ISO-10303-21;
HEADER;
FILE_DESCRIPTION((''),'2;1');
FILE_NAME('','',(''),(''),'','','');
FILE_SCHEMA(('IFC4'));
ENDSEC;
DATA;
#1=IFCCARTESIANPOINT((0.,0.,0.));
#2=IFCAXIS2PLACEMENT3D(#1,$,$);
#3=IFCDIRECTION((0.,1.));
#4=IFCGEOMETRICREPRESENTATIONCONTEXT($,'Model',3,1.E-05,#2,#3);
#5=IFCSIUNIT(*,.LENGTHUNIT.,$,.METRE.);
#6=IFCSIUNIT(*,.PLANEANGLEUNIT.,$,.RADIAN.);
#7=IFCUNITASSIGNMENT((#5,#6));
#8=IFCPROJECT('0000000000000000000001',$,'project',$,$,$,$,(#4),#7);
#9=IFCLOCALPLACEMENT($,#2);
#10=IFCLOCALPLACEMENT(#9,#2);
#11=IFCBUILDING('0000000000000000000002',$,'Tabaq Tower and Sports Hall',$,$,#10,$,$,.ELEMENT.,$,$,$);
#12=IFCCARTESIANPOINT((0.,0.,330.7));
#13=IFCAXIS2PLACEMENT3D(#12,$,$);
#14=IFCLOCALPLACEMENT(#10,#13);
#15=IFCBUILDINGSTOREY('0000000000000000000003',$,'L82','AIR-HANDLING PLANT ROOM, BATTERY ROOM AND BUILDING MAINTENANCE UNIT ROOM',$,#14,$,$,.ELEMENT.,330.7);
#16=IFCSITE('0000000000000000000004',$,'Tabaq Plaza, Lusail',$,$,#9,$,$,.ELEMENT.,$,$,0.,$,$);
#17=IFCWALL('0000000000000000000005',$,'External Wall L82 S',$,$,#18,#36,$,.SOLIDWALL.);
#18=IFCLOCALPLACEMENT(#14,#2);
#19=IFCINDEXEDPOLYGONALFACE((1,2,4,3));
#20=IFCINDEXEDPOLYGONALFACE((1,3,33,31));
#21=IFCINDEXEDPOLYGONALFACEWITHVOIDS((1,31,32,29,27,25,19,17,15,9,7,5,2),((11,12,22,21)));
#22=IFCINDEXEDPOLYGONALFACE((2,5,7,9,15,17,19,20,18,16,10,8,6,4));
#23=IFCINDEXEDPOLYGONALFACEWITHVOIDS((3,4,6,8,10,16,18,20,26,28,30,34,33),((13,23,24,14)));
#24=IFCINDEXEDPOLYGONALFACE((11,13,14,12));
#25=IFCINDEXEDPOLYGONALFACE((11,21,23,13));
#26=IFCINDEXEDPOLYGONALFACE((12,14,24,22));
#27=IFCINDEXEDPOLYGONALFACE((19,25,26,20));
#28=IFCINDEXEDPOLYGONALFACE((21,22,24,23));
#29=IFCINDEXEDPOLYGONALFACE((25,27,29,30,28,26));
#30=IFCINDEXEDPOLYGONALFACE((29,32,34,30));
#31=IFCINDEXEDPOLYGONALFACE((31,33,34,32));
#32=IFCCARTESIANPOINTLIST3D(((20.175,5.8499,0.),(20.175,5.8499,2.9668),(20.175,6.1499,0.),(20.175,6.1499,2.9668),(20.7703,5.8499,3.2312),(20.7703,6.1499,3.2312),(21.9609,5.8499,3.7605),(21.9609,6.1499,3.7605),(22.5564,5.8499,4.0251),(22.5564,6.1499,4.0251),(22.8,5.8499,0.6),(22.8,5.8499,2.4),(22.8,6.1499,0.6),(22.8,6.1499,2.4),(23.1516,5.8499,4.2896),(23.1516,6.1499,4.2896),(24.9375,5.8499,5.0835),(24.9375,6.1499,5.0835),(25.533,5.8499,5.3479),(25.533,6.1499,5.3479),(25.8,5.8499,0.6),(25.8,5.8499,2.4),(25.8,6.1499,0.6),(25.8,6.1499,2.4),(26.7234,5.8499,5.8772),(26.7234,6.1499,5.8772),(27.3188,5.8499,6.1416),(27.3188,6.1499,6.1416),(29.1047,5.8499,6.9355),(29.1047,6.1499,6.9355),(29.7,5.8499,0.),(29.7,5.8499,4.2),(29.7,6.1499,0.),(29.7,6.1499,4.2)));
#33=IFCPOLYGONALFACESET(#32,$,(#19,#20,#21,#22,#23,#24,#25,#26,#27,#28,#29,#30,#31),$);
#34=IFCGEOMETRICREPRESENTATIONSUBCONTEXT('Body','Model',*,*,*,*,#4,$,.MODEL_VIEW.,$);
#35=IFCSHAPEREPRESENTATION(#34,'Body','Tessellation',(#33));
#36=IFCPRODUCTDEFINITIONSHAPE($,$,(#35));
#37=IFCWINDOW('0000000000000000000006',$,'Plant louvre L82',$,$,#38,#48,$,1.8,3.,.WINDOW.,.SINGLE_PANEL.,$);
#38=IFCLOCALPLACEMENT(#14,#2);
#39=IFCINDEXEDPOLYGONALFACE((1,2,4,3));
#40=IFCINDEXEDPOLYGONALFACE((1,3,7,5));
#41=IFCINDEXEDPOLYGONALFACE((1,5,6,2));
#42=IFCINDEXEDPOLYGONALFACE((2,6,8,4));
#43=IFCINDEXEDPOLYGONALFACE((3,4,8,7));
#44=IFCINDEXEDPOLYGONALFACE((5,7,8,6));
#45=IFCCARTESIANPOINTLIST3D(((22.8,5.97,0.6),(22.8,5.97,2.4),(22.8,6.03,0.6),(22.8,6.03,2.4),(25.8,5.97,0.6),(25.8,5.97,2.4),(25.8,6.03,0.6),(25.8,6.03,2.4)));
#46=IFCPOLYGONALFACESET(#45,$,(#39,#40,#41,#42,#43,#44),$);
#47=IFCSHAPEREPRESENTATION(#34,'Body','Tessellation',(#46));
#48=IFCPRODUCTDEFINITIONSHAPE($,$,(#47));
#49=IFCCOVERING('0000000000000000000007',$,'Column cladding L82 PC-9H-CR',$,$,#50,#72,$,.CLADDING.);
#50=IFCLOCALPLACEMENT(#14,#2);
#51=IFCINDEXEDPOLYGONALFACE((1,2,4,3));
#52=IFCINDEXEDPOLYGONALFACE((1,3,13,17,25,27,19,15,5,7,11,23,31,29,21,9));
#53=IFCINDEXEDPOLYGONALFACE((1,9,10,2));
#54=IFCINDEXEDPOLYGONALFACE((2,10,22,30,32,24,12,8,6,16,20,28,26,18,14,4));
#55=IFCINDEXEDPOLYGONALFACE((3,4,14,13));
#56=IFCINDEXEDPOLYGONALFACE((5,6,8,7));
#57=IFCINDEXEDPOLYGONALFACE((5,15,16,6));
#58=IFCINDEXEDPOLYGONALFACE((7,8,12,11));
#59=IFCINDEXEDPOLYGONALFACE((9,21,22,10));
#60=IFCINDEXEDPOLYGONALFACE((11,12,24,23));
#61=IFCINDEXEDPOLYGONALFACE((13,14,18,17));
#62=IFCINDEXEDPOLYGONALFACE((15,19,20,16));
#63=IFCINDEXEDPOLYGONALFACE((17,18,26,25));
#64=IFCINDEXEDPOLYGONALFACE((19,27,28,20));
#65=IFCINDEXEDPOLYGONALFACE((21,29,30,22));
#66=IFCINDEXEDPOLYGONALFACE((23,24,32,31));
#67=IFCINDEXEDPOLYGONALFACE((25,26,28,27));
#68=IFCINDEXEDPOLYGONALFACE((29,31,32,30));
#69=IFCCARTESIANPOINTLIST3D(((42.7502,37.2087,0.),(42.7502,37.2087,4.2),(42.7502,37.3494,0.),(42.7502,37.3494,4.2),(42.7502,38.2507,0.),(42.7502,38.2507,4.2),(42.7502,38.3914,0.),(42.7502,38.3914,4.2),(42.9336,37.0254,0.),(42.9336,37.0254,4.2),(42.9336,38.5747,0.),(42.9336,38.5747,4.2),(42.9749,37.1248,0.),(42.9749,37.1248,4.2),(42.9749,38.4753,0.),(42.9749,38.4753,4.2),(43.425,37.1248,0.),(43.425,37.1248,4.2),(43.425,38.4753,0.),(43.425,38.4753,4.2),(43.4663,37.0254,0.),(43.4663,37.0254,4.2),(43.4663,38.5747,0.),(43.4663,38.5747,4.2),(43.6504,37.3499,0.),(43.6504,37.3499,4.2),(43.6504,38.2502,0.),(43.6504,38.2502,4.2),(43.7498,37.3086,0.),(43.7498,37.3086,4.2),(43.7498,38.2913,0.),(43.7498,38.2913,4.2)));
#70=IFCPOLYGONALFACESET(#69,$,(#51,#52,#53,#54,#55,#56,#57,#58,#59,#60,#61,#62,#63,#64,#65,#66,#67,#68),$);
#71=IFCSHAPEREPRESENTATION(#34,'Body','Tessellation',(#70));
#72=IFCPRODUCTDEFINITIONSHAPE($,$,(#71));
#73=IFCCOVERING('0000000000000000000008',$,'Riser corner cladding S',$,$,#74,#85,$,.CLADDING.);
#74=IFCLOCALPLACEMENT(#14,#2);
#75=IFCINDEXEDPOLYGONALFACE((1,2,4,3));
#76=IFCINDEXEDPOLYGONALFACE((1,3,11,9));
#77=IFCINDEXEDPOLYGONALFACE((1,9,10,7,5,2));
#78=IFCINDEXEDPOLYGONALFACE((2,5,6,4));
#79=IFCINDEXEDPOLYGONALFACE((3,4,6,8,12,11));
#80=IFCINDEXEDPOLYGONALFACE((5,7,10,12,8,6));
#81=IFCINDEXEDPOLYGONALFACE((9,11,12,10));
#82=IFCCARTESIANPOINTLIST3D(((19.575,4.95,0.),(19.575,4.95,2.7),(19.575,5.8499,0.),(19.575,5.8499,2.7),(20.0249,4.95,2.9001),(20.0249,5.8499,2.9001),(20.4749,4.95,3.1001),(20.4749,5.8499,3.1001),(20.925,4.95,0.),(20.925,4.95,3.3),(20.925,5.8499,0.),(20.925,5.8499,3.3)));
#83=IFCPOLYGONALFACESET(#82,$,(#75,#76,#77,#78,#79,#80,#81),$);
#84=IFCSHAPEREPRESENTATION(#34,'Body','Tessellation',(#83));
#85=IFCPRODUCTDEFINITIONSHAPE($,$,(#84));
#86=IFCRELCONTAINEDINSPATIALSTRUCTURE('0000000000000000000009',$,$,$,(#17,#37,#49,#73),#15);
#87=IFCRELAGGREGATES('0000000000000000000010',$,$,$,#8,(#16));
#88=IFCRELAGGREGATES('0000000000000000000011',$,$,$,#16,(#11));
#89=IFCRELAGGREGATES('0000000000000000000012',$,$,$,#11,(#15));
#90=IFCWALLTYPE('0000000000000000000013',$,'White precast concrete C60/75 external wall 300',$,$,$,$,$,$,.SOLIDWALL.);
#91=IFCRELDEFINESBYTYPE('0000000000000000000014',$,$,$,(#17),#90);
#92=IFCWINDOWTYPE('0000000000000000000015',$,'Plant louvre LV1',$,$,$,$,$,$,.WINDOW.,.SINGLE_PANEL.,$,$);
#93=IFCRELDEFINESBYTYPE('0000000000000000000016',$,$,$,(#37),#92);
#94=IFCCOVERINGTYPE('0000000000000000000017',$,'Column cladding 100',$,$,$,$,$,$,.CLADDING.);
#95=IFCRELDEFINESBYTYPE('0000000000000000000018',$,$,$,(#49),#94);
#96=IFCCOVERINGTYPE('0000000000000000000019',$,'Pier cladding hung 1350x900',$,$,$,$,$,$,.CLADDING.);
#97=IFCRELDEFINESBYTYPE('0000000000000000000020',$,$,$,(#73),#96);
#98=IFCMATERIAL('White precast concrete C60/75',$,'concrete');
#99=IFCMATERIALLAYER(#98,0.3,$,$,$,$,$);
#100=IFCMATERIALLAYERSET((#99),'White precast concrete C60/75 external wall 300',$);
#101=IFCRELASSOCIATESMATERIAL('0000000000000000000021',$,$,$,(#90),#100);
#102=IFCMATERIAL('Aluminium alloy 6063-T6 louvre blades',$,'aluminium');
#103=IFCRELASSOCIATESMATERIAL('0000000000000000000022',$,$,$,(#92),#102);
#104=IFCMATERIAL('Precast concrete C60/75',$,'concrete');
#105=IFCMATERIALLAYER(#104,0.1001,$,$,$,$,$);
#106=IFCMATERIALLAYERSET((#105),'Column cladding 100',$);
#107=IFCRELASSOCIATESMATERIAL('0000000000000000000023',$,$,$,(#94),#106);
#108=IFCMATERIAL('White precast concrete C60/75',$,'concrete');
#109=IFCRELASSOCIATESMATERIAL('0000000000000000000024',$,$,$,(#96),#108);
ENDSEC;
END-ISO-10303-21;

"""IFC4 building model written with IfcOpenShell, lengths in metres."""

from ifc_helpers import new_model, si_unit, direction, frame, frame_2d, origin, place, context, subcontext, project, spatial, polyline, rectangle, outline, extrude, material, layer, layer_set, type_object, element, fill, save


model = new_model("IFC4")

# Units and contexts
model_context = context("Model", 3, precision=1e-05, world=origin(), true_north=direction((0.0, 1.0)))
body_context = subcontext(model_context, "Body", "Model", "MODEL_VIEW")
ifc_project = project(units=[si_unit("LENGTHUNIT", "METRE"), si_unit("PLANEANGLEUNIT", "RADIAN")], contexts=[model_context])

# Site, building, storey
site_placement = place(None, origin())
site = spatial("IfcSite", under=ifc_project, at=site_placement, Name="Tabaq Plaza, Lusail", CompositionType="ELEMENT", RefElevation=0.0)
building_placement = place(site_placement, origin())
building = spatial("IfcBuilding", under=site, at=building_placement, Name="Tabaq Tower and Sports Hall", CompositionType="ELEMENT")
storey_placement = place(building_placement, frame((0.0, 0.0, 330.7)))
storey = spatial("IfcBuildingStorey", under=building, at=storey_placement, Name="L82", Description="AIR-HANDLING PLANT ROOM, BATTERY ROOM AND BUILDING MAINTENANCE UNIT ROOM", CompositionType="ELEMENT", Elevation=330.7)

# Wall, opening, window
ifc_material_1 = material(Name="White precast concrete C60/75", Category="concrete")
ifc_layer_1 = layer(ifc_material_1, 0.3)
ifc_layer_set_1 = layer_set([ifc_layer_1], Name="White precast concrete C60/75 external wall 300")
wall_type_1 = type_object("IfcWallType", Name="White precast concrete C60/75 external wall 300", PredefinedType="SOLIDWALL", material=ifc_layer_set_1)
wall_1_placement = place(storey_placement, frame((20.175, 6.0, 0.0), z_axis=(0.0, 0.0, 1.0), x_axis=(1.0, 0.0, 0.0)))
wall_1 = element("IfcWall", 1, at=wall_1_placement, inside=storey, type_object=wall_type_1, Name="External Wall L82 S", PredefinedType="SOLIDWALL", context=body_context, shape_type="SweptSolid", body=[
    extrude(outline(polyline([(0.0, 0.0), (9.5249, 0.0), (9.5249, 4.2), (8.9297, 6.9355), (8.3345, 6.6709), (7.739, 6.4062), (7.1438, 6.1416), (6.5483, 5.8772), (5.9531, 5.6125), (5.3579, 5.3479), (4.7625, 5.0835), (4.1672, 4.8188), (3.5718, 4.5542), (2.9766, 4.2896), (2.3813, 4.0251), (1.7859, 3.7605), (1.1907, 3.4958), (0.5952, 3.2312), (0.0, 2.9668), (0.0, 0.0)])), frame((0.0, 0.1499, 0.0), z_axis=(0.0, -1.0, 0.0), x_axis=(1.0, 0.0, 0.0)), (0.0, 0.0, 1.0), 0.3),
])
opening_1_placement = place(wall_1_placement, frame((2.625, 0.0, 0.6001)))
opening_1 = element("IfcOpeningElement", 2, at=opening_1_placement, cuts=wall_1, PredefinedType="OPENING", context=body_context, shape_type="SweptSolid", body=[
    extrude(rectangle(XDim=3.0, YDim=1.8, at=frame_2d((1.5, 0.8999))), frame((0.0, 0.1602, 0.0), z_axis=(0.0, -1.0, 0.0), x_axis=(1.0, 0.0, 0.0)), (0.0, 0.0, 1.0), 0.3201),
])
ifc_material_2 = material(Name="Aluminium alloy 6063-T6 louvre blades", Category="aluminium")
window_type = type_object("IfcWindowType", Name="Plant louvre LV1", PartitioningType="SINGLE_PANEL", PredefinedType="WINDOW", material=ifc_material_2)
window_placement = place(opening_1_placement, origin())
window = element("IfcWindow", 3, at=window_placement, inside=storey, type_object=window_type, Name="Plant louvre L82", OverallHeight=1.8, OverallWidth=3.0, PartitioningType="SINGLE_PANEL", PredefinedType="WINDOW", context=body_context, shape_type="SweptSolid", body=[
    extrude(rectangle(XDim=3.0, YDim=1.8, at=frame_2d((1.5, 0.8999))), frame((0.0, 0.03, 0.0), z_axis=(0.0, -1.0, 0.0), x_axis=(1.0, 0.0, 0.0)), (0.0, 0.0, 1.0), 0.0601),
])
fill(opening_1, window)

# Coverings
ifc_material_3 = material(Name="Precast concrete C60/75", Category="concrete")
ifc_layer_2 = layer(ifc_material_3, 0.1001)
ifc_layer_set_2 = layer_set([ifc_layer_2], Name="Column cladding 100")
covering_type_1 = type_object("IfcCoveringType", Name="Column cladding 100", PredefinedType="CLADDING", material=ifc_layer_set_2)
covering_1_placement = place(storey_placement, origin())
element("IfcCovering", 4, at=covering_1_placement, inside=storey, type_object=covering_type_1, Name="Column cladding L82 PC-9H-CR", PredefinedType="CLADDING", context=body_context, shape_type="SweptSolid", body=[
    extrude(outline(polyline([(42.9336, 37.0254), (42.7502, 37.2087), (42.7502, 37.3494), (42.9749, 37.1248), (43.425, 37.1248), (43.6504, 37.3499), (43.6504, 38.2502), (43.425, 38.4753), (42.9749, 38.4753), (42.7502, 38.2507), (42.7502, 38.3914), (42.9336, 38.5747), (43.4663, 38.5747), (43.7498, 38.2913), (43.7498, 37.3086), (43.4663, 37.0254), (42.9336, 37.0254)])), origin(), (0.0, 0.0, 1.0), 4.2),
])
ifc_material_4 = material(Name="White precast concrete C60/75", Category="concrete")
covering_type_2 = type_object("IfcCoveringType", Name="Pier cladding hung 1350x900", PredefinedType="CLADDING", material=ifc_material_4)
covering_2_placement = place(storey_placement, frame((19.575, 5.3999, 0.0), z_axis=(0.0, 0.0, 1.0), x_axis=(1.0, 0.0, 0.0)))
element("IfcCovering", 5, at=covering_2_placement, inside=storey, type_object=covering_type_2, Name="Riser corner cladding S", PredefinedType="CLADDING", context=body_context, shape_type="SweptSolid", body=[
    extrude(outline(polyline([(0.0, 0.0), (1.3501, 0.0), (1.3501, 3.3), (0.8999, 3.1001), (0.45, 2.9001), (0.0, 2.7), (0.0, 0.0)])), frame((0.0, 0.45, 0.0), z_axis=(0.0, -1.0, 0.0), x_axis=(1.0, 0.0, 0.0)), (0.0, 0.0, 1.0), 0.8999),
])

save(model, "model.ifc")
